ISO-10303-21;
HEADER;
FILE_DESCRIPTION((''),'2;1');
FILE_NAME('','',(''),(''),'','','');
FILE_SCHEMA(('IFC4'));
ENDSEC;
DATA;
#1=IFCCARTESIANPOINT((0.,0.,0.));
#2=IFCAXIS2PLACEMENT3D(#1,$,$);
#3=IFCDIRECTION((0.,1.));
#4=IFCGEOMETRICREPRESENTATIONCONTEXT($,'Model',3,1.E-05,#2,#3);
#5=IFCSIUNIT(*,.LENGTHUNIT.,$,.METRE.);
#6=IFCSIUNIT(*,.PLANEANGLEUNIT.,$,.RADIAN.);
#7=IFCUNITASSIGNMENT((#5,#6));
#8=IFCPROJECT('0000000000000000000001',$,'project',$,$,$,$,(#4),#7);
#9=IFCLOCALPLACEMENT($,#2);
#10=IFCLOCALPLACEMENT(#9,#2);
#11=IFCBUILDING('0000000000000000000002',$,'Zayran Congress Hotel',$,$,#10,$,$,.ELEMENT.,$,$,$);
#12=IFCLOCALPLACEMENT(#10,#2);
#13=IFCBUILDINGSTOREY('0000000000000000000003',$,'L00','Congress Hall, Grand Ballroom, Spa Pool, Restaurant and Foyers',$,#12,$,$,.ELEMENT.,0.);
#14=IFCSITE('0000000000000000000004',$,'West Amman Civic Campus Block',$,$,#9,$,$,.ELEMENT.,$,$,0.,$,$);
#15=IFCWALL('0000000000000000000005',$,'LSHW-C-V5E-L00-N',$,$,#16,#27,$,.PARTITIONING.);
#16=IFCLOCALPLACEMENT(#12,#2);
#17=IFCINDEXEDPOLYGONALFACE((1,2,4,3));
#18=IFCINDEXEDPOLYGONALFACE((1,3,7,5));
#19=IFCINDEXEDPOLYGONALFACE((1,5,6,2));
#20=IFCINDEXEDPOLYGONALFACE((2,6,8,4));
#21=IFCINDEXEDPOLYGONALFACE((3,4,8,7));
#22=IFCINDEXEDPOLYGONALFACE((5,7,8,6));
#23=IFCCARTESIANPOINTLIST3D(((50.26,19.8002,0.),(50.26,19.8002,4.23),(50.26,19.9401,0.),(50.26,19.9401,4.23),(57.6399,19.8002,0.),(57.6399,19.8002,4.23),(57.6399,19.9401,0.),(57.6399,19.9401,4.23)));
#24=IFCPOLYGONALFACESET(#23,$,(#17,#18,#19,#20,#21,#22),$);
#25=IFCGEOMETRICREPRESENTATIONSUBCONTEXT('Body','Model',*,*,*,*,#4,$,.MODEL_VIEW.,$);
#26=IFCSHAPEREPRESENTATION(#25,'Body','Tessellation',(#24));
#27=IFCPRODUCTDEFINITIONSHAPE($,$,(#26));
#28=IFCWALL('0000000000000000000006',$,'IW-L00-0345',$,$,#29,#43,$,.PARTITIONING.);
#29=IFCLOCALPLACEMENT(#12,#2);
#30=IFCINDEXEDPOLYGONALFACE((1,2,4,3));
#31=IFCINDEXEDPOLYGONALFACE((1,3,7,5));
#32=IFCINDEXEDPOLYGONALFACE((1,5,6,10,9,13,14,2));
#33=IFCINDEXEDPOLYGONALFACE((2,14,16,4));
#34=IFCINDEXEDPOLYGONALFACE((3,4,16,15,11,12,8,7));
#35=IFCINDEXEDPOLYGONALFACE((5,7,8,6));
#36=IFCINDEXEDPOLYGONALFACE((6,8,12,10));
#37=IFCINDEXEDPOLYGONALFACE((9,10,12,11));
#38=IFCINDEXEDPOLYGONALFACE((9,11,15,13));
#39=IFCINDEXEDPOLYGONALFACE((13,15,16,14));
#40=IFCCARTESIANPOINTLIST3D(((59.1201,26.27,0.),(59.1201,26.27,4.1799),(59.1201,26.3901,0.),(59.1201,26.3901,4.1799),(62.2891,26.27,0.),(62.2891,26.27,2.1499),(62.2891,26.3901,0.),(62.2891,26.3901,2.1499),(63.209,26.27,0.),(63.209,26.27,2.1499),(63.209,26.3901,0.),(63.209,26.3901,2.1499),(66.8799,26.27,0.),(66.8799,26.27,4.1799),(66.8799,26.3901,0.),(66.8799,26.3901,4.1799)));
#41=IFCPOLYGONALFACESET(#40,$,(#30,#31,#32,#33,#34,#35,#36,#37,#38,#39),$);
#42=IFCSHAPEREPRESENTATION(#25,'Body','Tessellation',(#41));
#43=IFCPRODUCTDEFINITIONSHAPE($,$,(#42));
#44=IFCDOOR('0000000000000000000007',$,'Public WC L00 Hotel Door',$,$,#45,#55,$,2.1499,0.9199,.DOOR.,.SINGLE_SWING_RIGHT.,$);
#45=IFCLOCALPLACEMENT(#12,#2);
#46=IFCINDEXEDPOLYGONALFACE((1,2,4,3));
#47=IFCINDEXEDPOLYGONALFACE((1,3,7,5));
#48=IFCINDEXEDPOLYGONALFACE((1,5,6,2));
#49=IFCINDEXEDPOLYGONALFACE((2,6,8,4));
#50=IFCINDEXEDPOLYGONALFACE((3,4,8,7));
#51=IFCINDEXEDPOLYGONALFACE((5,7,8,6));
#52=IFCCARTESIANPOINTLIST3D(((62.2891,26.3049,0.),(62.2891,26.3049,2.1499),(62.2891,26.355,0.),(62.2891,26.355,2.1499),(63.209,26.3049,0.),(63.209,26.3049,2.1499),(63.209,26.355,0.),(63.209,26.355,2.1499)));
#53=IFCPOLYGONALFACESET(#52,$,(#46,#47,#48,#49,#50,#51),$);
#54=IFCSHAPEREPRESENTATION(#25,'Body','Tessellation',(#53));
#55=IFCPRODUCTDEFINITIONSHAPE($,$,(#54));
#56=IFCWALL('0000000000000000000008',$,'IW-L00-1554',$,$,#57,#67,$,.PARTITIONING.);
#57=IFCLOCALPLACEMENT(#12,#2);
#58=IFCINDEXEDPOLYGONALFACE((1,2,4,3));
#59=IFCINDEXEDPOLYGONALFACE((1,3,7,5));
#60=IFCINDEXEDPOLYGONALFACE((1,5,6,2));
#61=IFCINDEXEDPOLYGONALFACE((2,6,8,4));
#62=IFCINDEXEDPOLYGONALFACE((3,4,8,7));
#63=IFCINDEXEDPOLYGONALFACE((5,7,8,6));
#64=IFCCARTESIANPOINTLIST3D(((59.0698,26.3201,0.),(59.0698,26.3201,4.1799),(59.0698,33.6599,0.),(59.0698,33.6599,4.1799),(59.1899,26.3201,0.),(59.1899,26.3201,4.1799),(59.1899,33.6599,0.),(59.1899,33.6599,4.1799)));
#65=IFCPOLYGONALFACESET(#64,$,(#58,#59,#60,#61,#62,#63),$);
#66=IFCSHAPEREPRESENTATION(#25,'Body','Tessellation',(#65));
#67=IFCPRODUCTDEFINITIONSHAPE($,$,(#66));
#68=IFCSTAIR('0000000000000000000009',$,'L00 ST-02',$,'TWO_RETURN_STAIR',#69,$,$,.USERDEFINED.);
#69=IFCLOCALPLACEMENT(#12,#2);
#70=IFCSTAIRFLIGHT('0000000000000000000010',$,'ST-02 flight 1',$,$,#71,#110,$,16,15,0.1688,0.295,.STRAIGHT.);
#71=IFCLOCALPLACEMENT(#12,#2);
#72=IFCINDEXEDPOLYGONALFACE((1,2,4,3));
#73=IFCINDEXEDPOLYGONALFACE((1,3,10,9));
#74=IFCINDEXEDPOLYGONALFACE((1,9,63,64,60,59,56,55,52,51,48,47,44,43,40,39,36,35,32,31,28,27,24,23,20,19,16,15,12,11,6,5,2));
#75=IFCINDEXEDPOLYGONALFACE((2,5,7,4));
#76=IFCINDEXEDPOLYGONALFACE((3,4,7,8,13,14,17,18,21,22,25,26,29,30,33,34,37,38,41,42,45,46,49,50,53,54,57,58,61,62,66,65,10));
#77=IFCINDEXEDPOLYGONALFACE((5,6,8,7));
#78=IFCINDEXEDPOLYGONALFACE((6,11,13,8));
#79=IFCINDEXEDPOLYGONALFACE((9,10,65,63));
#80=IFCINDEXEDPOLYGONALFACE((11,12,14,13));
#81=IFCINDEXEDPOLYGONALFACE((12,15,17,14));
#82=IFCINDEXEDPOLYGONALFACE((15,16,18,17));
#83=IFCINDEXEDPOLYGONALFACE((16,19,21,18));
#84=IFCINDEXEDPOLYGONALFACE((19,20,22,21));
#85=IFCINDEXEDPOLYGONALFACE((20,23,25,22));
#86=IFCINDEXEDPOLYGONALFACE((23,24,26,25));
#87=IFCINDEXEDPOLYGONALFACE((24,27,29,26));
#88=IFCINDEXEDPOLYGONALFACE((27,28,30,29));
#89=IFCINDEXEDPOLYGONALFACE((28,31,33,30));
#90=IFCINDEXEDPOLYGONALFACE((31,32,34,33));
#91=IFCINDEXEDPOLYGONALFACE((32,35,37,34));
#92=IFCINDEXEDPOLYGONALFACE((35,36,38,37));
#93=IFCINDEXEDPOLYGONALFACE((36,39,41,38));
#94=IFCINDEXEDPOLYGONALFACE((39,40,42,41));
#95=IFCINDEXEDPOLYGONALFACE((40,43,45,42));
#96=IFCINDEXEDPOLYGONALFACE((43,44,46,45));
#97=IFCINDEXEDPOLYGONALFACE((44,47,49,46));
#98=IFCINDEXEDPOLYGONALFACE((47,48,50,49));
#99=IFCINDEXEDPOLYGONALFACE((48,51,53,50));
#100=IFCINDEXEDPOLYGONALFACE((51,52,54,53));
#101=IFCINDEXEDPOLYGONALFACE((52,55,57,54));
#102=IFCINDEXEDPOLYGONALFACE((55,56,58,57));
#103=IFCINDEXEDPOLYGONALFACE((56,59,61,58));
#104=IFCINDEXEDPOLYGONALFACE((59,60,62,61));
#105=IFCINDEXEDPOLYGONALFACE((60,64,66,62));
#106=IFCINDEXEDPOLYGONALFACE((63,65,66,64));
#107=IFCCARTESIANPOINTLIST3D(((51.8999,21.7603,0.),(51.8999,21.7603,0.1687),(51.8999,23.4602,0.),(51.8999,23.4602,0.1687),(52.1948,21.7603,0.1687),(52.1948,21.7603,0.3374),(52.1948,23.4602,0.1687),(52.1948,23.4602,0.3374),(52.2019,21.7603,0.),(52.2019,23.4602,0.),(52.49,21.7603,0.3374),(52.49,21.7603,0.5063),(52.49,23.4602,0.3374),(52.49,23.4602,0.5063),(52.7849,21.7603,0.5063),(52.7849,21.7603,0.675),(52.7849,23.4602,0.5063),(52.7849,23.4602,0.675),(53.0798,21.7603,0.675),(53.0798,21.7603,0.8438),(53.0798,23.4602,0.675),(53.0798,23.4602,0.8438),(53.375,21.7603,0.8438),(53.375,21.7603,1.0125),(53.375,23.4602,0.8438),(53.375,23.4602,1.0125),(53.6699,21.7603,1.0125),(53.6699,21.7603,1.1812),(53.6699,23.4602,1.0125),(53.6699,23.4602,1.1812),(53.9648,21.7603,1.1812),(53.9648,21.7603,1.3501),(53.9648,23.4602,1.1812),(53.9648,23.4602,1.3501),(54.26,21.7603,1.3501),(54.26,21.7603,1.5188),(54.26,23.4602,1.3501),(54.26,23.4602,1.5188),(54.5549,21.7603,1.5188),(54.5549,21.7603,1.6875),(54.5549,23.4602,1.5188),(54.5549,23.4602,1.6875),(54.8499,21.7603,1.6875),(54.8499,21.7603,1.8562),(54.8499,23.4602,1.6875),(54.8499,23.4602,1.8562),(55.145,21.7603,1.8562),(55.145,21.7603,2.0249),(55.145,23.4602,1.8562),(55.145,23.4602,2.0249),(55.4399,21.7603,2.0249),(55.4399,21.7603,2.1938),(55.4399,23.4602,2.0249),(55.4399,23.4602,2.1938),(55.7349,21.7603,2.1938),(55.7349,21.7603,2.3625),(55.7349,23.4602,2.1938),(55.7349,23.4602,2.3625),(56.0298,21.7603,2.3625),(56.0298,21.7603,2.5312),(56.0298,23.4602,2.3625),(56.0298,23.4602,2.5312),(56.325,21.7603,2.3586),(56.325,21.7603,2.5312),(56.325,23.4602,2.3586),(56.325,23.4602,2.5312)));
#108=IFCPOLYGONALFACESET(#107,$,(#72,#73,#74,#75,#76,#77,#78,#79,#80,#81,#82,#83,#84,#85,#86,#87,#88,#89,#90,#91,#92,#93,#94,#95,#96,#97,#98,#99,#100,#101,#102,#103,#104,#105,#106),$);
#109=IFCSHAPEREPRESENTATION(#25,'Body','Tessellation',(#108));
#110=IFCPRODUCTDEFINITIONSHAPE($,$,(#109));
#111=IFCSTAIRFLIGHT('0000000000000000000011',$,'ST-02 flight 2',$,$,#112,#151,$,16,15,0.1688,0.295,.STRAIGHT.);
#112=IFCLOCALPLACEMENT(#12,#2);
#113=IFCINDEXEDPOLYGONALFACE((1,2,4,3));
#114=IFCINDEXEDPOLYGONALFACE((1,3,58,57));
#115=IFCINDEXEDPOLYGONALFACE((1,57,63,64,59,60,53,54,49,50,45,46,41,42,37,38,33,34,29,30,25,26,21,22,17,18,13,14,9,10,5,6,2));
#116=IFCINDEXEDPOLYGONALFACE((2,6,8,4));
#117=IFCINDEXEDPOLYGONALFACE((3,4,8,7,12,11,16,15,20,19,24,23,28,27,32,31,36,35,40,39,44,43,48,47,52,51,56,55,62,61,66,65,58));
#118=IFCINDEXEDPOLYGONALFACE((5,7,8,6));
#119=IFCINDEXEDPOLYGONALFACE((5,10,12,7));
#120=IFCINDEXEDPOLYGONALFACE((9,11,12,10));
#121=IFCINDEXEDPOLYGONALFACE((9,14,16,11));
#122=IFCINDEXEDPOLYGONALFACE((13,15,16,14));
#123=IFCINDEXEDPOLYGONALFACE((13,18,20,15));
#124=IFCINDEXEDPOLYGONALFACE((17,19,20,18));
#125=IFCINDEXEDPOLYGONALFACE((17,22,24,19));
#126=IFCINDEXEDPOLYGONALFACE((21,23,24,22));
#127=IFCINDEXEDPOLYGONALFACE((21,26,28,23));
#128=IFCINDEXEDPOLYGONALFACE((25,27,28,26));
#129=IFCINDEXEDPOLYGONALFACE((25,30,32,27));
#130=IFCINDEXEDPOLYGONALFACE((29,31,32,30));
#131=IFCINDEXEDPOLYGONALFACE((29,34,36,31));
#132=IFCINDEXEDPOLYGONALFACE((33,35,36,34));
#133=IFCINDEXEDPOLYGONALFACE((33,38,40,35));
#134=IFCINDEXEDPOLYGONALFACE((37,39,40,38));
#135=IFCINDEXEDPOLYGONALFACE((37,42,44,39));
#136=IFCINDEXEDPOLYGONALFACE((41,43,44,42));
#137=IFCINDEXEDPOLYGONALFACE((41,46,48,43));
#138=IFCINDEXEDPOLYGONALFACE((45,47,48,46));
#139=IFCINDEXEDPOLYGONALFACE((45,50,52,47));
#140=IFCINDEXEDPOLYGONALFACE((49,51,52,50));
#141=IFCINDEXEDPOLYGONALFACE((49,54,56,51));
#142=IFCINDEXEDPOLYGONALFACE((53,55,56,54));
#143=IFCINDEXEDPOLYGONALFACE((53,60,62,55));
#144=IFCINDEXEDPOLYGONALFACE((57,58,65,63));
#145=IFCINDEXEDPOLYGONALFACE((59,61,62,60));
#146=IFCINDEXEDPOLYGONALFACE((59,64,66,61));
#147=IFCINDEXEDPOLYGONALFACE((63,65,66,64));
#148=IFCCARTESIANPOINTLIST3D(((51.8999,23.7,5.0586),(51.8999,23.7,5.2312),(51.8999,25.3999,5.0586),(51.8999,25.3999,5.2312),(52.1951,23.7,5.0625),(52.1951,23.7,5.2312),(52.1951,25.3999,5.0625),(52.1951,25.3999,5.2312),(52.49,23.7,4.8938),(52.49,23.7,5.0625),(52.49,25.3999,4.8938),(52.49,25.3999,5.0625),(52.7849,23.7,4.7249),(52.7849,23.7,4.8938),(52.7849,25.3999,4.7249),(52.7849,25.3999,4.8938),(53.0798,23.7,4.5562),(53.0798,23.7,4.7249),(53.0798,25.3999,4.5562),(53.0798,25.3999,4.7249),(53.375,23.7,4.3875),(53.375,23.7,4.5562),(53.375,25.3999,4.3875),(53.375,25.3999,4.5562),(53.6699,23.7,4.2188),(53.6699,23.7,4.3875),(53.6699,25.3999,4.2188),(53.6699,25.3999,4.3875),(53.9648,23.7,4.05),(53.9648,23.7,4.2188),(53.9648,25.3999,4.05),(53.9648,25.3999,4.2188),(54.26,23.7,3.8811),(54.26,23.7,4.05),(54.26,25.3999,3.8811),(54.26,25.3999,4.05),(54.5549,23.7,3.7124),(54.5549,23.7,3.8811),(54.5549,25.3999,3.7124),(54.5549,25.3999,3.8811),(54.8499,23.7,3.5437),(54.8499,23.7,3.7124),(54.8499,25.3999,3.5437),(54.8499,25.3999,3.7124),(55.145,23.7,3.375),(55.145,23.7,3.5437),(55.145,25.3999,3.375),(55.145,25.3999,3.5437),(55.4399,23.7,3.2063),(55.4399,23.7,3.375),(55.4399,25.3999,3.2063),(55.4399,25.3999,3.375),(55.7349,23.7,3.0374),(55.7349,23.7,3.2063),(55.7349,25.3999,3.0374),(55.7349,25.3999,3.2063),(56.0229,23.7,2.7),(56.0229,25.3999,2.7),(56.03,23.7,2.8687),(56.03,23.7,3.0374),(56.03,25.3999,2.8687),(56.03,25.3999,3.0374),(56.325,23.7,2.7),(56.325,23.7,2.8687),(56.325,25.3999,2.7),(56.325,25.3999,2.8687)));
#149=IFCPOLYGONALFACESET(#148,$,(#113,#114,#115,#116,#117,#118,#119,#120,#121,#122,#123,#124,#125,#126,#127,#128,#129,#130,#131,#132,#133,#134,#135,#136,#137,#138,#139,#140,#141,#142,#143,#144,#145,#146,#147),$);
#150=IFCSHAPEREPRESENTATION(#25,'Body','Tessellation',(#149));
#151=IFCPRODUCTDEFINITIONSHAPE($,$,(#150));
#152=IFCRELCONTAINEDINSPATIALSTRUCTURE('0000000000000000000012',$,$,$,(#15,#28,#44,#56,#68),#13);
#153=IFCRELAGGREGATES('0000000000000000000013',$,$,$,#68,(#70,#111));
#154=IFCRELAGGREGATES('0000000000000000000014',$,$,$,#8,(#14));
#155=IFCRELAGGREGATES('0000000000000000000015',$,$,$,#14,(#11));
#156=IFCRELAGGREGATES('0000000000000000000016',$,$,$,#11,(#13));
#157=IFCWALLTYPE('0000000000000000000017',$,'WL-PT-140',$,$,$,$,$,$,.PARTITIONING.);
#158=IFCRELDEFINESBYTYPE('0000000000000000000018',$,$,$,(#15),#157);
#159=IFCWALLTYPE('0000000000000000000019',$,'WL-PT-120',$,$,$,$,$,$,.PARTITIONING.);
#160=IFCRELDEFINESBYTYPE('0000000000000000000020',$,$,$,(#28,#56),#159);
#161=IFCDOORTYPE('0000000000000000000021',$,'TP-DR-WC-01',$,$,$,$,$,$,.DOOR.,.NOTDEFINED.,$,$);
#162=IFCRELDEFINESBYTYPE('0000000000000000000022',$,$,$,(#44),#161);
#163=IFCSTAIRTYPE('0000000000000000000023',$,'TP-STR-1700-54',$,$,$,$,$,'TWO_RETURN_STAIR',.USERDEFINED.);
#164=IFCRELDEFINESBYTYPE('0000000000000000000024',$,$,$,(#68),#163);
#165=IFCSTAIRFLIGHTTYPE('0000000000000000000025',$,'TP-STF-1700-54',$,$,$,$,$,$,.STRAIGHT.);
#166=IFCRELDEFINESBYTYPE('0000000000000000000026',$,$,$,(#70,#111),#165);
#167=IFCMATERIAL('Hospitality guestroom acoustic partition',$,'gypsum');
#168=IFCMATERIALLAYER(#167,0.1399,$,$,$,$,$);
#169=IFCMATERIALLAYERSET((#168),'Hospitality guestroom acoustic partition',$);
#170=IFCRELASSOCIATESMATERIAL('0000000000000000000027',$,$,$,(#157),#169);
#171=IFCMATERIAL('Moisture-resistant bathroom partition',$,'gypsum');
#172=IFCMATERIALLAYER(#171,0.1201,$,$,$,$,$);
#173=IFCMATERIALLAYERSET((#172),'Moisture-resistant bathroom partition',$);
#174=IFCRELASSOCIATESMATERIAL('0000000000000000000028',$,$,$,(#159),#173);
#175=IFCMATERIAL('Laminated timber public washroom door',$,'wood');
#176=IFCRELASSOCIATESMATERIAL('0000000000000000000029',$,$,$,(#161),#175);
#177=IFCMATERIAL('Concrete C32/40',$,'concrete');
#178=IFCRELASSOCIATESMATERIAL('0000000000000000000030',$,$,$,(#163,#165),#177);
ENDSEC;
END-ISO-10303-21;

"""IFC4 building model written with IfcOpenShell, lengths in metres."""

from ifc_helpers import new_model, si_unit, direction, frame, frame_2d, origin, place, context, subcontext, project, spatial, polyline, rectangle, outline, extrude, material, layer, layer_set, type_object, element, fill, aggregate, save


model = new_model("IFC4")

# Units and contexts
model_context = context("Model", 3, precision=1e-05, world=origin(), true_north=direction((0.0, 1.0)))
body_context = subcontext(model_context, "Body", "Model", "MODEL_VIEW")
ifc_project = project(units=[si_unit("LENGTHUNIT", "METRE"), si_unit("PLANEANGLEUNIT", "RADIAN")], contexts=[model_context])

# Site, building, storey
site_placement = place(None, origin())
site = spatial("IfcSite", under=ifc_project, at=site_placement, Name="West Amman Civic Campus Block", CompositionType="ELEMENT", RefElevation=0.0)
building_placement = place(site_placement, origin())
building = spatial("IfcBuilding", under=site, at=building_placement, Name="Zayran Congress Hotel", CompositionType="ELEMENT")
storey_placement = place(building_placement, origin())
storey = spatial("IfcBuildingStorey", under=building, at=storey_placement, Name="L00", Description="Congress Hall, Grand Ballroom, Spa Pool, Restaurant and Foyers", CompositionType="ELEMENT", Elevation=0.0)

# Wall
ifc_material_1 = material(Name="Hospitality guestroom acoustic partition", Category="gypsum")
ifc_layer_1 = layer(ifc_material_1, 0.1399)
ifc_layer_set_1 = layer_set([ifc_layer_1], Name="Hospitality guestroom acoustic partition")
wall_type_1 = type_object("IfcWallType", Name="WL-PT-140", PredefinedType="PARTITIONING", material=ifc_layer_set_1)
wall_1_placement = place(storey_placement, frame((50.26, 19.8701, 0.0), z_axis=(0.0, 0.0, 1.0), x_axis=(1.0, 0.0, 0.0)))
element("IfcWall", 1, at=wall_1_placement, inside=storey, type_object=wall_type_1, Name="LSHW-C-V5E-L00-N", PredefinedType="PARTITIONING", context=body_context, shape_type="SweptSolid", body=[
    extrude(rectangle(XDim=7.3799, YDim=0.1399, at=frame_2d((3.6899, 0.0))), origin(), (0.0, 0.0, 1.0), 4.23),
])

# Wall, opening, door
ifc_material_2 = material(Name="Moisture-resistant bathroom partition", Category="gypsum")
ifc_layer_2 = layer(ifc_material_2, 0.1201)
ifc_layer_set_2 = layer_set([ifc_layer_2], Name="Moisture-resistant bathroom partition")
wall_type_2 = type_object("IfcWallType", Name="WL-PT-120", PredefinedType="PARTITIONING", material=ifc_layer_set_2)
wall_2_placement = place(storey_placement, frame((59.1201, 26.3301, 0.0), z_axis=(0.0, 0.0, 1.0), x_axis=(1.0, 0.0, 0.0)))
wall_2 = element("IfcWall", 2, at=wall_2_placement, inside=storey, type_object=wall_type_2, Name="IW-L00-0345", PredefinedType="PARTITIONING", context=body_context, shape_type="SweptSolid", body=[
    extrude(rectangle(XDim=7.7598, YDim=0.1201, at=frame_2d((3.8799, 0.0))), origin(), (0.0, 0.0, 1.0), 4.1799),
])
opening_1_placement = place(wall_2_placement, frame((3.1689, 0.0, 0.0)))
opening_1 = element("IfcOpeningElement", 3, at=opening_1_placement, cuts=wall_2, PredefinedType="OPENING", context=body_context, shape_type="SweptSolid", body=[
    extrude(rectangle(XDim=0.9199, YDim=2.1499, at=frame_2d((0.46, 1.075))), frame((0.0, 0.0701, 0.0), z_axis=(0.0, -1.0, 0.0), x_axis=(1.0, 0.0, 0.0)), (0.0, 0.0, 1.0), 0.1401),
])
ifc_material_3 = material(Name="Laminated timber public washroom door", Category="wood")
door_type_1 = type_object("IfcDoorType", Name="TP-DR-WC-01", OperationType="NOTDEFINED", PredefinedType="DOOR", material=ifc_material_3)
door_1_placement = place(opening_1_placement, origin())
door_1 = element("IfcDoor", 4, at=door_1_placement, inside=storey, type_object=door_type_1, Name="Public WC L00 Hotel Door", OperationType="SINGLE_SWING_RIGHT", OverallHeight=2.1499, OverallWidth=0.9199, PredefinedType="DOOR", context=body_context, shape_type="SweptSolid", body=[
    extrude(rectangle(XDim=0.9199, YDim=2.1499, at=frame_2d((0.46, 1.075))), frame((0.0, 0.0249, 0.0), z_axis=(0.0, -1.0, 0.0), x_axis=(1.0, 0.0, 0.0)), (0.0, 0.0, 1.0), 0.05),
])
fill(opening_1, door_1)

# Wall
wall_3_placement = place(storey_placement, frame((59.1299, 26.3201, 0.0), z_axis=(0.0, 0.0, 1.0), x_axis=(0.0, 1.0, 0.0)))
element("IfcWall", 5, at=wall_3_placement, inside=storey, type_object=wall_type_2, Name="IW-L00-1554", PredefinedType="PARTITIONING", context=body_context, shape_type="SweptSolid", body=[
    extrude(rectangle(XDim=7.3398, YDim=0.1201, at=frame_2d((3.6699, 0.0))), origin(), (0.0, 0.0, 1.0), 4.1799),
])

# Stair, stair flights
ifc_material_4 = material(Name="Concrete C32/40", Category="concrete")
stair_type = type_object("IfcStairType", Name="TP-STR-1700-54", ElementType="TWO_RETURN_STAIR", PredefinedType="USERDEFINED", material=ifc_material_4)
stair_placement = place(storey_placement, origin())
stair = element("IfcStair", 6, at=stair_placement, inside=storey, type_object=stair_type, Name="L00 ST-02", ObjectType="TWO_RETURN_STAIR", PredefinedType="USERDEFINED")
stair_flight_type = type_object("IfcStairFlightType", Name="TP-STF-1700-54", PredefinedType="STRAIGHT", material=ifc_material_4)
stair_flight_1_placement = place(storey_placement, frame((51.8999, 22.6101, 0.0), z_axis=(0.0, 0.0, 1.0), x_axis=(1.0, 0.0, 0.0)))
stair_flight_1 = element("IfcStairFlight", 7, at=stair_flight_1_placement, type_object=stair_flight_type, Name="ST-02 flight 1", NumberOfRisers=16, NumberOfTreads=15, PredefinedType="STRAIGHT", RiserHeight=0.1688, TreadLength=0.295, context=body_context, shape_type="SweptSolid", body=[
    extrude(outline(polyline([(0.0, 0.0), (0.0, 0.1687), (0.2949, 0.1687), (0.2949, 0.3374), (0.5901, 0.3374), (0.5901, 0.5063), (0.885, 0.5063), (0.885, 0.675), (1.1799, 0.675), (1.1799, 0.8438), (1.4751, 0.8438), (1.4751, 1.0125), (1.77, 1.0125), (1.77, 1.1812), (2.0649, 1.1812), (2.0649, 1.3501), (2.3601, 1.3501), (2.3601, 1.5188), (2.655, 1.5188), (2.655, 1.6875), (2.95, 1.6875), (2.95, 1.8562), (3.2451, 1.8562), (3.2451, 2.0249), (3.54, 2.0249), (3.54, 2.1938), (3.835, 2.1938), (3.835, 2.3625), (4.1299, 2.3625), (4.1299, 2.5312), (4.425, 2.5312), (4.425, 2.7), (4.425, 2.3586), (0.302, 0.0), (0.0, 0.0)])), frame((0.0, 0.8501, 0.0), z_axis=(0.0, -1.0, 0.0), x_axis=(1.0, 0.0, 0.0)), (0.0, 0.0, 1.0), 1.7),
])
stair_flight_2_placement = place(storey_placement, frame((56.325, 24.55, 2.7), z_axis=(0.0, 0.0, 1.0), x_axis=(-1.0, 0.0, 0.0)))
stair_flight_2 = element("IfcStairFlight", 8, at=stair_flight_2_placement, type_object=stair_flight_type, Name="ST-02 flight 2", NumberOfRisers=16, NumberOfTreads=15, PredefinedType="STRAIGHT", RiserHeight=0.1688, TreadLength=0.295, context=body_context, shape_type="SweptSolid", body=[
    extrude(outline(polyline([(0.0, 0.0), (0.0, 0.1687), (0.2949, 0.1687), (0.2949, 0.3374), (0.5901, 0.3374), (0.5901, 0.5063), (0.885, 0.5063), (0.885, 0.675), (1.1799, 0.675), (1.1799, 0.8438), (1.4751, 0.8438), (1.4751, 1.0125), (1.77, 1.0125), (1.77, 1.1812), (2.0649, 1.1812), (2.0649, 1.3501), (2.3601, 1.3501), (2.3601, 1.5188), (2.655, 1.5188), (2.655, 1.6875), (2.95, 1.6875), (2.95, 1.8562), (3.2451, 1.8562), (3.2451, 2.0249), (3.54, 2.0249), (3.54, 2.1938), (3.835, 2.1938), (3.835, 2.3625), (4.1299, 2.3625), (4.1299, 2.5312), (4.425, 2.5312), (4.425, 2.7), (4.425, 2.3586), (0.302, 0.0), (0.0, 0.0)])), frame((0.0, 0.8501, 0.0), z_axis=(0.0, -1.0, 0.0), x_axis=(1.0, 0.0, 0.0)), (0.0, 0.0, 1.0), 1.7),
])
aggregate(stair, [stair_flight_1, stair_flight_2])

save(model, "model.ifc")
